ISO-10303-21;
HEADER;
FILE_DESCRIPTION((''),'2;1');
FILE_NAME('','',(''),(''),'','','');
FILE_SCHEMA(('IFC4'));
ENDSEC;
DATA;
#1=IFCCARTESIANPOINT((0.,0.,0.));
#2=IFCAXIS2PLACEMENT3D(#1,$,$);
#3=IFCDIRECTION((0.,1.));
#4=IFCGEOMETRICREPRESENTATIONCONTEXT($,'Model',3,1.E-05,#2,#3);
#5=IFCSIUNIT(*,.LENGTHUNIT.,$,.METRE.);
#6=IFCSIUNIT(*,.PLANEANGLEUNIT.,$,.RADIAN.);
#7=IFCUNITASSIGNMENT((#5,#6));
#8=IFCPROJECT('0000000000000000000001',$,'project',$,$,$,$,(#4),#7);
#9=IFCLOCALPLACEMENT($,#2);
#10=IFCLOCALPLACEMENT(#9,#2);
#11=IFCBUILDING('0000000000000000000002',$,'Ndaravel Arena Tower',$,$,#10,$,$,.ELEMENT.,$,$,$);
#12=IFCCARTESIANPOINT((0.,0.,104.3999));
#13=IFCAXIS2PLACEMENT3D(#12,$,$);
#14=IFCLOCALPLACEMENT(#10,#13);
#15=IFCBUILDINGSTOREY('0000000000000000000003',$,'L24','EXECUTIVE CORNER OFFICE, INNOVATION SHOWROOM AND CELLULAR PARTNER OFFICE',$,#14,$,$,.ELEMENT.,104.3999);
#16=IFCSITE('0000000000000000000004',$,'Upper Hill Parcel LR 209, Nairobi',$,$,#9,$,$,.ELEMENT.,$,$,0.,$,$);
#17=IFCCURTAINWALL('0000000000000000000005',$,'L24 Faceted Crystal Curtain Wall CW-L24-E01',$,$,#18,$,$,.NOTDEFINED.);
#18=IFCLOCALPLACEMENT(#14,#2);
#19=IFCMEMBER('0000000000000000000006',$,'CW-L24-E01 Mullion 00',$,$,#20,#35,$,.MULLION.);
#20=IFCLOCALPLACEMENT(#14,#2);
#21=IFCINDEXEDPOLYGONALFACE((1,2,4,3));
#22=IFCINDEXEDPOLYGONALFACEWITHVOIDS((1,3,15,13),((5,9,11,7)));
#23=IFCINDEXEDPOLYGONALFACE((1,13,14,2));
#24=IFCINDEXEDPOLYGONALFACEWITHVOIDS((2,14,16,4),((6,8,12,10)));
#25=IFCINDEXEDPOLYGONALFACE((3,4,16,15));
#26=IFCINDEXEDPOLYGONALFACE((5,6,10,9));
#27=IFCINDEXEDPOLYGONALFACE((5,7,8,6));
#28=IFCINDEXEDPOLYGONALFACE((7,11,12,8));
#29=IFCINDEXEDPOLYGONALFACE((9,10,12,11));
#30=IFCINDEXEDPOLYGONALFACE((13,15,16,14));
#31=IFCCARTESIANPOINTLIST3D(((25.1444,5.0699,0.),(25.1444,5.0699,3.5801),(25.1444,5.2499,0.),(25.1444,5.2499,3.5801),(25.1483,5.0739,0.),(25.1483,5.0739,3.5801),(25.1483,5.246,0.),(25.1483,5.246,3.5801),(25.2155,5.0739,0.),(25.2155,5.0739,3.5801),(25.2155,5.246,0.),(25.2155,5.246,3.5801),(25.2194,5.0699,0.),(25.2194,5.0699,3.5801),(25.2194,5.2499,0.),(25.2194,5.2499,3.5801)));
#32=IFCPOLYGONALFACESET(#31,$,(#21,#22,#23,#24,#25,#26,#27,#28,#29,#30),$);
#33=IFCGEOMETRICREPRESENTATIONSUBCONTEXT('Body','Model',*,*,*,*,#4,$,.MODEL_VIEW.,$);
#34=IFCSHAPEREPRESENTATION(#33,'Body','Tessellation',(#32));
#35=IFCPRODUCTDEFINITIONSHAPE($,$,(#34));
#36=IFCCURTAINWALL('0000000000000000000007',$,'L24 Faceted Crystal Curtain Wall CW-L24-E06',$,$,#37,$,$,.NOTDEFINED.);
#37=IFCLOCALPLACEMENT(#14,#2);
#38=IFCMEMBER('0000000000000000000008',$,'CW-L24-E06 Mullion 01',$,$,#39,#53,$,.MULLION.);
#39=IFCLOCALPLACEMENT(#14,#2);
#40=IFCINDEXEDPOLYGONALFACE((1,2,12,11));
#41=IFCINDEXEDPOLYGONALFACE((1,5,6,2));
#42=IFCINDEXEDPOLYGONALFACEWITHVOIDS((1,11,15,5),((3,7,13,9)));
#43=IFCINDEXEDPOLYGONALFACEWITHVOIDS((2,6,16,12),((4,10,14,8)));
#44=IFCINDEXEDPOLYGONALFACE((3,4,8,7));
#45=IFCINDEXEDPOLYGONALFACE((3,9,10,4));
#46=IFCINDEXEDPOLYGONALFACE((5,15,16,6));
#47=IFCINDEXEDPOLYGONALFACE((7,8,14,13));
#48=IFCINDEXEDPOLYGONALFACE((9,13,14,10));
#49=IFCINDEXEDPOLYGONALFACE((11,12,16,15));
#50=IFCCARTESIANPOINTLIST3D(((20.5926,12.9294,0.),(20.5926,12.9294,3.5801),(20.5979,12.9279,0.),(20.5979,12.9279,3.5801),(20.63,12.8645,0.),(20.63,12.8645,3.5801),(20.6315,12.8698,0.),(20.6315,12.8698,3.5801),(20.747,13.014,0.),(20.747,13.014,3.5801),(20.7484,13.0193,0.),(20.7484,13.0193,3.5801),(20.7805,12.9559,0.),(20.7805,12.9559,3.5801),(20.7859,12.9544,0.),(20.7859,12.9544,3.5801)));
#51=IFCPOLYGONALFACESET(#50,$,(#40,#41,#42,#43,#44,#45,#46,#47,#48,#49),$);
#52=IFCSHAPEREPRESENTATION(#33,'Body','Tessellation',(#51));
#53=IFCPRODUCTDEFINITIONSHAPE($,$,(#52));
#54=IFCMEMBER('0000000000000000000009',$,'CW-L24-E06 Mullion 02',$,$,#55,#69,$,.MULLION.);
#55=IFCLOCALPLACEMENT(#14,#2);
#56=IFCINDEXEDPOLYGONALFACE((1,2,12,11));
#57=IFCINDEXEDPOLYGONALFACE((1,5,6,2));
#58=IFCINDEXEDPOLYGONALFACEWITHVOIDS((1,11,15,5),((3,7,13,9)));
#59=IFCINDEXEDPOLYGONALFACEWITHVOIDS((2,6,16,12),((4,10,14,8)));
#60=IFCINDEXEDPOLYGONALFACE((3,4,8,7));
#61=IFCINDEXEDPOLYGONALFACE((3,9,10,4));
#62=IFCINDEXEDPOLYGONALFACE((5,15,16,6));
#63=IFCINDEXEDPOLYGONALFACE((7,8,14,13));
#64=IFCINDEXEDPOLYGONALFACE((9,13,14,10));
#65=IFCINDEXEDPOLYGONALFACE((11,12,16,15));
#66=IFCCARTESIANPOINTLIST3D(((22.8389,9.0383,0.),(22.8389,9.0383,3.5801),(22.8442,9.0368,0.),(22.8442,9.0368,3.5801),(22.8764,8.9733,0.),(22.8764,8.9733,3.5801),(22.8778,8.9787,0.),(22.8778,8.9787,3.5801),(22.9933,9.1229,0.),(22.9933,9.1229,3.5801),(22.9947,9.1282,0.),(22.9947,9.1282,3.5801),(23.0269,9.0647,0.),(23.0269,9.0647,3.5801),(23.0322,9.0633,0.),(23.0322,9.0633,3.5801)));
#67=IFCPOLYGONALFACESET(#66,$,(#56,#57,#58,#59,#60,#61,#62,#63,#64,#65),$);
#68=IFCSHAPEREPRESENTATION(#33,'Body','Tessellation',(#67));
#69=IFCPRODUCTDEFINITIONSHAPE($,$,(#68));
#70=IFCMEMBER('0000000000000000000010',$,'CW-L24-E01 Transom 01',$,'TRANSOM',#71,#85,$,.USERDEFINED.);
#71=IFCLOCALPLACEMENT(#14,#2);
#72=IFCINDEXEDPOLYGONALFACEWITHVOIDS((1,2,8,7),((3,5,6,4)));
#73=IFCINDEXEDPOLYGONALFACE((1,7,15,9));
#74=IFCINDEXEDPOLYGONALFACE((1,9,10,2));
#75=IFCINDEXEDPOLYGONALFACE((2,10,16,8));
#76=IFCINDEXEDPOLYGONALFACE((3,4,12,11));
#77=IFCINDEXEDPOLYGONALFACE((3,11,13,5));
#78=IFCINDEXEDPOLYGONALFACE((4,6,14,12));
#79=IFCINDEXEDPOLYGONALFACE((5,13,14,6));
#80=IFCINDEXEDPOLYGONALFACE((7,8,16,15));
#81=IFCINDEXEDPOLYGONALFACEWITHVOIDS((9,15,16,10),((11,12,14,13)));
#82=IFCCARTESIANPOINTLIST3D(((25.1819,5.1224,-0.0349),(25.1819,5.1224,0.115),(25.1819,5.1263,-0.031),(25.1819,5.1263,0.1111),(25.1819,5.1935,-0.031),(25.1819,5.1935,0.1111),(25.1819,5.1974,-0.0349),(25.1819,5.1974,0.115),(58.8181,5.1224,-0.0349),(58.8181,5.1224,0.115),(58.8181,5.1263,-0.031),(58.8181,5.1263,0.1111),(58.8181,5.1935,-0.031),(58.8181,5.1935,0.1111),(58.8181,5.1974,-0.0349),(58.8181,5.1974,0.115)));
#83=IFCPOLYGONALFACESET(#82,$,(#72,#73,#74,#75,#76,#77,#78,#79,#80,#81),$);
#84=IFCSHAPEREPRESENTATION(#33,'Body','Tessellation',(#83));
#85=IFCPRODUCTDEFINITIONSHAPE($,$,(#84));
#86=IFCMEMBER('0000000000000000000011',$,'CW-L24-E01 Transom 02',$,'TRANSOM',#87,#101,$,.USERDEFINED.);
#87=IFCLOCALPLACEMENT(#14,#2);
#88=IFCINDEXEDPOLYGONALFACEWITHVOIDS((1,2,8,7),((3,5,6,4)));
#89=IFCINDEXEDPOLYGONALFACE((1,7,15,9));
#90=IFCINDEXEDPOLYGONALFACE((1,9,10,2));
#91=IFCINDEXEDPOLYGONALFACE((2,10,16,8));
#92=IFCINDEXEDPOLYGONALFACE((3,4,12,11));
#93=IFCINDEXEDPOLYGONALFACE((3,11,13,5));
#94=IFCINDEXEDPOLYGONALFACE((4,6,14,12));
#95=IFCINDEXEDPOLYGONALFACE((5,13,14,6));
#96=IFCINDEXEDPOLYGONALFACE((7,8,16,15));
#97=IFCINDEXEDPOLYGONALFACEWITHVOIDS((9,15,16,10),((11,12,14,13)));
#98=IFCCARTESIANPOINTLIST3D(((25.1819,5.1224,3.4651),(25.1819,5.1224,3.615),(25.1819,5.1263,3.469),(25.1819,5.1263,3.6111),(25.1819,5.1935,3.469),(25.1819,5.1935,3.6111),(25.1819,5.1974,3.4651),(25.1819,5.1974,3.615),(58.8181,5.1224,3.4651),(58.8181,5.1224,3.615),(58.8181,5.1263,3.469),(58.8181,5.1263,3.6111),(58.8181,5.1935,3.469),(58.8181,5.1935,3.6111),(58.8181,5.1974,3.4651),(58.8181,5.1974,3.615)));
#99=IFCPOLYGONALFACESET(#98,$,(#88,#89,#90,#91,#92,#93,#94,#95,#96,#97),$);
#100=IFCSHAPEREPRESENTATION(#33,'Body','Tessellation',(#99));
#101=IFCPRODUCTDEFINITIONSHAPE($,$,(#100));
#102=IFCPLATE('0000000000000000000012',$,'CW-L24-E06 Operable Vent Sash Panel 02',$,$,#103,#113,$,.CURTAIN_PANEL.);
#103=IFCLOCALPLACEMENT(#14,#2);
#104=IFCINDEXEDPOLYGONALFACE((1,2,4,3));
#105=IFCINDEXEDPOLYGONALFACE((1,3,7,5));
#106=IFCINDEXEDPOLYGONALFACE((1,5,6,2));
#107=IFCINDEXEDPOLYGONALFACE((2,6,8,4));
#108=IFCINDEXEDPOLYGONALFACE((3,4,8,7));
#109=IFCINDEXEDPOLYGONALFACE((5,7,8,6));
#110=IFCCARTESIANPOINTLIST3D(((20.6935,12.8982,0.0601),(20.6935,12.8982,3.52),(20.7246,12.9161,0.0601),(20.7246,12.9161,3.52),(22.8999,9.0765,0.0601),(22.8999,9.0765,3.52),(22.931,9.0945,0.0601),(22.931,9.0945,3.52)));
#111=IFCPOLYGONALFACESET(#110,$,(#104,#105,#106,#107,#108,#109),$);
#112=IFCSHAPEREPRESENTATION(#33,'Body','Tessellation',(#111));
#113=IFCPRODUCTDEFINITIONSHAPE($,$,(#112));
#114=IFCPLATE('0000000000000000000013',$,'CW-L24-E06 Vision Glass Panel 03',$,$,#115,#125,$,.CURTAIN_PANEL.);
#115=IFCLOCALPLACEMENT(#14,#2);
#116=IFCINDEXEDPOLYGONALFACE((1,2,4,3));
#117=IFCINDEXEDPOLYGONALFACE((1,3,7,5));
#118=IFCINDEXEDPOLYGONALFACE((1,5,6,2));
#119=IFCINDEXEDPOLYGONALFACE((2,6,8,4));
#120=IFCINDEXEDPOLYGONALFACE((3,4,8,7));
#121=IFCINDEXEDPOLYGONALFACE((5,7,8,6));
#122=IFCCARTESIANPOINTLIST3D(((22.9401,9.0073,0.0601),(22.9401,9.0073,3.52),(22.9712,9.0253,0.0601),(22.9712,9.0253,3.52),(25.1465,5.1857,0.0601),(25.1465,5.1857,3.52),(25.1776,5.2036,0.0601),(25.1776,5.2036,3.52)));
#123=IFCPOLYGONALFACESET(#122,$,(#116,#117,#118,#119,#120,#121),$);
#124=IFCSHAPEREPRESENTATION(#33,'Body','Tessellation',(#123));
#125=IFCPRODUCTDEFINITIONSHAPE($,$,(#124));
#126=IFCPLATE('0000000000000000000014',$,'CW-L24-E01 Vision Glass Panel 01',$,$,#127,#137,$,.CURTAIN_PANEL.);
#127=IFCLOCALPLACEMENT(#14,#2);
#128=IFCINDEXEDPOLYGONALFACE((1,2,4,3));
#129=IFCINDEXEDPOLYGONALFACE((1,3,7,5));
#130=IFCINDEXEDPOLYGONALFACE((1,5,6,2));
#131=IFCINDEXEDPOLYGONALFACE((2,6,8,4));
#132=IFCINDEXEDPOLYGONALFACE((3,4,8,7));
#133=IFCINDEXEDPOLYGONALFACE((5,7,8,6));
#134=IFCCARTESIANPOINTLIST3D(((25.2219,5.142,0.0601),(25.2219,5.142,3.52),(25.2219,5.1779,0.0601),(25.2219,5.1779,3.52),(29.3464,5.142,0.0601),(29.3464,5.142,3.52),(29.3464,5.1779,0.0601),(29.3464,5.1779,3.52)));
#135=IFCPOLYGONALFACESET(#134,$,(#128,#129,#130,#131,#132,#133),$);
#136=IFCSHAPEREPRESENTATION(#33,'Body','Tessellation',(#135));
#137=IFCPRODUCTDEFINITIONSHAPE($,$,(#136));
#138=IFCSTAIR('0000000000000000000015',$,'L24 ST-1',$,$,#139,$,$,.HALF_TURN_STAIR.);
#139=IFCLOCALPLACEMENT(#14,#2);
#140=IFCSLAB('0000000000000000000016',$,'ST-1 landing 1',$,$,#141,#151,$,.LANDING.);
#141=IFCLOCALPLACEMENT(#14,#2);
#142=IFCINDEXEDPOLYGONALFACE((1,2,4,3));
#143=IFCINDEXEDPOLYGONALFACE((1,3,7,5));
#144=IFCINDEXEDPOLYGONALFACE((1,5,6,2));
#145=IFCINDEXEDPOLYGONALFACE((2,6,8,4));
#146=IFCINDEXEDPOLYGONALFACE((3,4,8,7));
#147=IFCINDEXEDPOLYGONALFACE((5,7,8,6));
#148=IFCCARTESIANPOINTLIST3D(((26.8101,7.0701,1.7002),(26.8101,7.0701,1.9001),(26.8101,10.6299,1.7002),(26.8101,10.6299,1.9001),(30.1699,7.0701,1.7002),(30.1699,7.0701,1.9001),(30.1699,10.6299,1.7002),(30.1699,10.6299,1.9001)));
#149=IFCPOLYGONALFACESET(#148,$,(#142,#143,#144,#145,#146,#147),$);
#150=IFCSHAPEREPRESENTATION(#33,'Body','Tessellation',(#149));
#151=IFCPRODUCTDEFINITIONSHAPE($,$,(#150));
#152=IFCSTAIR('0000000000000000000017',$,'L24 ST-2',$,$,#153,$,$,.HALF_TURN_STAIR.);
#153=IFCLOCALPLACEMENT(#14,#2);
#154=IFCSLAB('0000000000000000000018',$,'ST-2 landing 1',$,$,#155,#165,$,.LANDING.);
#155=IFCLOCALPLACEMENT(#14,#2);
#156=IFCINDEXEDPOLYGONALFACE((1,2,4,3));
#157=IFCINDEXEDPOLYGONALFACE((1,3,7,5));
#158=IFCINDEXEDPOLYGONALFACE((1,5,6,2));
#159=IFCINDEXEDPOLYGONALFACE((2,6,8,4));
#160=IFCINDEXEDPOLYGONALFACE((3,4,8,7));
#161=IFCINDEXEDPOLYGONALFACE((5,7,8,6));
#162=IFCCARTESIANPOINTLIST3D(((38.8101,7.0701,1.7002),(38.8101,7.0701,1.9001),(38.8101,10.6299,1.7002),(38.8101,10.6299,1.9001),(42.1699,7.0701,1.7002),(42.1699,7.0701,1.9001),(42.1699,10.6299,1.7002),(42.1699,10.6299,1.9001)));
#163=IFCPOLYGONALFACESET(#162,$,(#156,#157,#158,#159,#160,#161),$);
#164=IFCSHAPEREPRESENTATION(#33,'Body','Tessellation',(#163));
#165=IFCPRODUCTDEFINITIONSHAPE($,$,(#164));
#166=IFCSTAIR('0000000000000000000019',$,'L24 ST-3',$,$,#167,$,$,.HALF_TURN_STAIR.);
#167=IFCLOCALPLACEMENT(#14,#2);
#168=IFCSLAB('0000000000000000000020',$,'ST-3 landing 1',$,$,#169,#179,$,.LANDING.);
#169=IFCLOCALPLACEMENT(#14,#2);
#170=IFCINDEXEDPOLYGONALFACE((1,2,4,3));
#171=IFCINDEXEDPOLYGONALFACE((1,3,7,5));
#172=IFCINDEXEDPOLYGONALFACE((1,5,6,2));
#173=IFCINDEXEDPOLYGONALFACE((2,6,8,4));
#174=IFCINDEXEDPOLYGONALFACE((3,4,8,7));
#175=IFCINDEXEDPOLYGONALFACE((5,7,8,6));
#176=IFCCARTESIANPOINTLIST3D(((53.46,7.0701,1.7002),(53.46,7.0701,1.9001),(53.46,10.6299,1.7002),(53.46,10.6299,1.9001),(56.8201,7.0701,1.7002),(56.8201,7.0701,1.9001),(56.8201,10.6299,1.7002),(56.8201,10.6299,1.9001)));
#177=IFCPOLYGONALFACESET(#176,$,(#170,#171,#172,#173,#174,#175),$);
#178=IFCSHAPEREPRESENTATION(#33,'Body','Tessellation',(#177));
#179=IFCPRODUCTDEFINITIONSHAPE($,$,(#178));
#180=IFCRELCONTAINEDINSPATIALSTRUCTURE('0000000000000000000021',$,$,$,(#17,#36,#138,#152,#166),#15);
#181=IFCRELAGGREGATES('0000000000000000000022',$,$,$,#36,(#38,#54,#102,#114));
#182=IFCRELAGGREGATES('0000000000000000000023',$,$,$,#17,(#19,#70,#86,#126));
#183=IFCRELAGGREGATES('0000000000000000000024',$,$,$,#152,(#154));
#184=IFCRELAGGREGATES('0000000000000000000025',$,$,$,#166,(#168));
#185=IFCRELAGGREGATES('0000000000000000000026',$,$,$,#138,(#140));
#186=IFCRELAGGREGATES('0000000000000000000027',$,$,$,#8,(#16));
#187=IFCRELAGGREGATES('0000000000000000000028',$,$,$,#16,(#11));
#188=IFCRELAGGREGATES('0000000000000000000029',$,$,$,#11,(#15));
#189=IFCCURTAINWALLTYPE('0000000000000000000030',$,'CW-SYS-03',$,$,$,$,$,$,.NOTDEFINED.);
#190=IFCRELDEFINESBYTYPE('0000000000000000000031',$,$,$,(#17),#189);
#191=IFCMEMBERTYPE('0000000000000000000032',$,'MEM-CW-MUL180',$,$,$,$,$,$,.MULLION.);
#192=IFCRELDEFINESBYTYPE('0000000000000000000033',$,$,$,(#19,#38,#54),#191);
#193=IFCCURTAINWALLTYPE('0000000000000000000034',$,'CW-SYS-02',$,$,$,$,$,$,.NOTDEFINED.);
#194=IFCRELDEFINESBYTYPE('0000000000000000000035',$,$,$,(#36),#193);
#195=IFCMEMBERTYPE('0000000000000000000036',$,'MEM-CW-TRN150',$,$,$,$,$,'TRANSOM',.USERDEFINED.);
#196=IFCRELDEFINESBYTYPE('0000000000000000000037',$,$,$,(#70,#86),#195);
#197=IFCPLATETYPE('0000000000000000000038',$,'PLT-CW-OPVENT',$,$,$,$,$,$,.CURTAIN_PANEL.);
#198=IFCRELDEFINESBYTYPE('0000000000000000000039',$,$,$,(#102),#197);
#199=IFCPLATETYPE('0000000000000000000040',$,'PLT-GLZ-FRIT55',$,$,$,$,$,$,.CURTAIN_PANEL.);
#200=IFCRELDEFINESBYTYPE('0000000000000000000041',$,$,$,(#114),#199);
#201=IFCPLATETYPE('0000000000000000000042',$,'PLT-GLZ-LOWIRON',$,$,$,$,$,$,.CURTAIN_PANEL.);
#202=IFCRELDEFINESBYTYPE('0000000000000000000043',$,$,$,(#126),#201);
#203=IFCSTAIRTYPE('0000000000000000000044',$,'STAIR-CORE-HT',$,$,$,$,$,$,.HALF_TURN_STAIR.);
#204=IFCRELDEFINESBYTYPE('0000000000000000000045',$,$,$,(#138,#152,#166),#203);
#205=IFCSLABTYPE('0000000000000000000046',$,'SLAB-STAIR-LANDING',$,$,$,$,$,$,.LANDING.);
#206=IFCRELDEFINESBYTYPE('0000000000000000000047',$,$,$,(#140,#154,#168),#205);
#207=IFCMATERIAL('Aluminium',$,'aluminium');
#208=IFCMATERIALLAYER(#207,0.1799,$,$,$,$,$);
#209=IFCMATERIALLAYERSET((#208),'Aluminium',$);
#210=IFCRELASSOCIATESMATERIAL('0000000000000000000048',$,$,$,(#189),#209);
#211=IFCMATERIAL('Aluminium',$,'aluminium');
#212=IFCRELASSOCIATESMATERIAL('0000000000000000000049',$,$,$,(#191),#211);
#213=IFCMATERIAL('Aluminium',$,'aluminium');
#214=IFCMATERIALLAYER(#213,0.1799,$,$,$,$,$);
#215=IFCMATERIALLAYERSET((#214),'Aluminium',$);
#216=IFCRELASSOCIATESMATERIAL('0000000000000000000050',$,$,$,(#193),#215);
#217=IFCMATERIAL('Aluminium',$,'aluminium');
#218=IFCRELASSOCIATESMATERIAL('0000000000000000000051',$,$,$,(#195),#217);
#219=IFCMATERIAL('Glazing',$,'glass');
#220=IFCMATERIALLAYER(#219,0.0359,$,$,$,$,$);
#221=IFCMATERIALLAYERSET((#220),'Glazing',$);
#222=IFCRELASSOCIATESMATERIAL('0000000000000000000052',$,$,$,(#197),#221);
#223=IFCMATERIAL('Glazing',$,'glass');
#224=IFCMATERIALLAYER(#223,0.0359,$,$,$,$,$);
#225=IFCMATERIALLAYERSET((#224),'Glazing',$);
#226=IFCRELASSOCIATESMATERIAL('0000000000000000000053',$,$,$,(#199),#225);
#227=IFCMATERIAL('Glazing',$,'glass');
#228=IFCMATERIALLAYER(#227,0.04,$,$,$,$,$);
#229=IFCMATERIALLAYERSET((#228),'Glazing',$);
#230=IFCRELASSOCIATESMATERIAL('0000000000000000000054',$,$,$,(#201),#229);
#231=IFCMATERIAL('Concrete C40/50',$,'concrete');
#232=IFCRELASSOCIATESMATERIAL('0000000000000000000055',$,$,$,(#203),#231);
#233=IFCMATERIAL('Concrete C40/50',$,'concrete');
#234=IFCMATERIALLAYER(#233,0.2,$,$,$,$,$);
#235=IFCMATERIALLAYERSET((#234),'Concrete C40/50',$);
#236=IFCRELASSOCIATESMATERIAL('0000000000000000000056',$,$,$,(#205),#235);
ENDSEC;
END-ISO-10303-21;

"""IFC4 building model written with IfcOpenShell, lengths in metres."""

from ifc_helpers import new_model, si_unit, direction, frame, origin, origin_2d, place, context, subcontext, project, spatial, polyline, rectangle, hollow_rectangle, outline, extrude, material, layer, layer_set, material_profile, profile_set, type_object, element, aggregate, save


model = new_model("IFC4")

# Units and contexts
model_context = context("Model", 3, precision=1e-05, world=origin(), true_north=direction((0.0, 1.0)))
body_context = subcontext(model_context, "Body", "Model", "MODEL_VIEW")
ifc_project = project(units=[si_unit("LENGTHUNIT", "METRE"), si_unit("PLANEANGLEUNIT", "RADIAN")], contexts=[model_context])

# Site, building, storey
site_placement = place(None, origin())
site = spatial("IfcSite", under=ifc_project, at=site_placement, Name="Upper Hill Parcel LR 209, Nairobi", CompositionType="ELEMENT", RefElevation=0.0)
building_placement = place(site_placement, origin())
building = spatial("IfcBuilding", under=site, at=building_placement, Name="Ndaravel Arena Tower", CompositionType="ELEMENT")
storey_placement = place(building_placement, frame((0.0, 0.0, 104.3999)))
storey = spatial("IfcBuildingStorey", under=building, at=storey_placement, Name="L24", Description="EXECUTIVE CORNER OFFICE, INNOVATION SHOWROOM AND CELLULAR PARTNER OFFICE", CompositionType="ELEMENT", Elevation=104.3999)

# Curtain wall, member
ifc_material_1 = material(Name="Aluminium", Category="aluminium")
ifc_layer_1 = layer(ifc_material_1, 0.1799)
ifc_layer_set_1 = layer_set([ifc_layer_1], Name="Aluminium")
curtain_wall_type_1 = type_object("IfcCurtainWallType", Name="CW-SYS-03", PredefinedType="NOTDEFINED", material=ifc_layer_set_1)
curtain_wall_1_placement = place(storey_placement, origin())
curtain_wall_1 = element("IfcCurtainWall", 1, at=curtain_wall_1_placement, inside=storey, type_object=curtain_wall_type_1, Name="L24 Faceted Crystal Curtain Wall CW-L24-E01", PredefinedType="NOTDEFINED")
ifc_material_2 = material(Name="Aluminium", Category="aluminium")
ifc_material_profile_1 = material_profile(ifc_material_2, hollow_rectangle(XDim=0.075, YDim=0.1799, WallThickness=0.0039, at=origin_2d()), Name="CW MULLION 75x180x4")
ifc_profile_set_1 = profile_set([ifc_material_profile_1], Name="Aluminium")
member_type_1 = type_object("IfcMemberType", Name="MEM-CW-MUL180", PredefinedType="MULLION", material=ifc_profile_set_1)
member_1_placement = place(storey_placement, frame((25.1819, 5.1599, 0.0), z_axis=(0.0, 0.0, 1.0), x_axis=(1.0, 0.0, 0.0)))
member_1 = element("IfcMember", 2, at=member_1_placement, type_object=member_type_1, Name="CW-L24-E01 Mullion 00", PredefinedType="MULLION", context=body_context, shape_type="SweptSolid", body=[
    extrude(hollow_rectangle(XDim=0.075, YDim=0.1799, WallThickness=0.0039, at=origin_2d()), origin(), (0.0, 0.0, 1.0), 3.5801),
])

# Curtain wall, members
ifc_material_3 = material(Name="Aluminium", Category="aluminium")
ifc_layer_2 = layer(ifc_material_3, 0.1799)
ifc_layer_set_2 = layer_set([ifc_layer_2], Name="Aluminium")
curtain_wall_type_2 = type_object("IfcCurtainWallType", Name="CW-SYS-02", PredefinedType="NOTDEFINED", material=ifc_layer_set_2)
curtain_wall_2_placement = place(storey_placement, origin())
curtain_wall_2 = element("IfcCurtainWall", 3, at=curtain_wall_2_placement, inside=storey, type_object=curtain_wall_type_2, Name="L24 Faceted Crystal Curtain Wall CW-L24-E06", PredefinedType="NOTDEFINED")
member_2_placement = place(storey_placement, frame((20.6892, 12.9419, 0.0), z_axis=(0.0, 0.0, 1.0), x_axis=(0.5, -0.866025, 0.0)))
member_2 = element("IfcMember", 4, at=member_2_placement, type_object=member_type_1, Name="CW-L24-E06 Mullion 01", PredefinedType="MULLION", context=body_context, shape_type="SweptSolid", body=[
    extrude(hollow_rectangle(XDim=0.075, YDim=0.1799, WallThickness=0.0039, at=origin_2d()), origin(), (0.0, 0.0, 1.0), 3.5801),
])
member_3_placement = place(storey_placement, frame((22.9355, 9.0508, 0.0), z_axis=(0.0, 0.0, 1.0), x_axis=(0.5, -0.866025, 0.0)))
member_3 = element("IfcMember", 5, at=member_3_placement, type_object=member_type_1, Name="CW-L24-E06 Mullion 02", PredefinedType="MULLION", context=body_context, shape_type="SweptSolid", body=[
    extrude(hollow_rectangle(XDim=0.075, YDim=0.1799, WallThickness=0.0039, at=origin_2d()), origin(), (0.0, 0.0, 1.0), 3.5801),
])

# Members
ifc_material_4 = material(Name="Aluminium", Category="aluminium")
ifc_material_profile_2 = material_profile(ifc_material_4, hollow_rectangle(XDim=0.075, YDim=0.1499, WallThickness=0.0039, at=origin_2d()), Name="CW TRANSOM 75x150x4")
ifc_profile_set_2 = profile_set([ifc_material_profile_2], Name="Aluminium")
member_type_2 = type_object("IfcMemberType", Name="MEM-CW-TRN150", ElementType="TRANSOM", PredefinedType="USERDEFINED", material=ifc_profile_set_2)
member_4_placement = place(storey_placement, frame((25.1819, 5.1599, 0.04), z_axis=(1.0, 0.0, 0.0), x_axis=(0.0, 1.0, 0.0)))
member_4 = element("IfcMember", 6, at=member_4_placement, type_object=member_type_2, Name="CW-L24-E01 Transom 01", ObjectType="TRANSOM", PredefinedType="USERDEFINED", context=body_context, shape_type="SweptSolid", body=[
    extrude(hollow_rectangle(XDim=0.075, YDim=0.1499, WallThickness=0.0039, at=origin_2d()), origin(), (0.0, 0.0, 1.0), 33.6362),
])
member_5_placement = place(storey_placement, frame((25.1819, 5.1599, 3.54), z_axis=(1.0, 0.0, 0.0), x_axis=(0.0, 1.0, 0.0)))
member_5 = element("IfcMember", 7, at=member_5_placement, type_object=member_type_2, Name="CW-L24-E01 Transom 02", ObjectType="TRANSOM", PredefinedType="USERDEFINED", context=body_context, shape_type="SweptSolid", body=[
    extrude(hollow_rectangle(XDim=0.075, YDim=0.1499, WallThickness=0.0039, at=origin_2d()), origin(), (0.0, 0.0, 1.0), 33.6362),
])

# Plates
ifc_material_5 = material(Name="Glazing", Category="glass")
ifc_layer_3 = layer(ifc_material_5, 0.0359)
ifc_layer_set_3 = layer_set([ifc_layer_3], Name="Glazing")
plate_type_1 = type_object("IfcPlateType", Name="PLT-CW-OPVENT", PredefinedType="CURTAIN_PANEL", material=ifc_layer_set_3)
plate_1_placement = place(storey_placement, frame((21.8123, 10.9963, 0.0601), z_axis=(0.0, 0.0, 1.0), x_axis=(0.5, -0.866025, 0.0)))
plate_1 = element("IfcPlate", 8, at=plate_1_placement, type_object=plate_type_1, Name="CW-L24-E06 Operable Vent Sash Panel 02", PredefinedType="CURTAIN_PANEL", context=body_context, shape_type="SweptSolid", body=[
    extrude(rectangle(XDim=4.4128, YDim=0.0359, at=origin_2d()), origin(), (0.0, 0.0, 1.0), 3.46),
])
ifc_material_6 = material(Name="Glazing", Category="glass")
ifc_layer_4 = layer(ifc_material_6, 0.0359)
ifc_layer_set_4 = layer_set([ifc_layer_4], Name="Glazing")
plate_type_2 = type_object("IfcPlateType", Name="PLT-GLZ-FRIT55", PredefinedType="CURTAIN_PANEL", material=ifc_layer_set_4)
plate_2_placement = place(storey_placement, frame((24.0588, 7.1055, 0.0601), z_axis=(0.0, 0.0, 1.0), x_axis=(0.5, -0.866025, 0.0)))
plate_2 = element("IfcPlate", 9, at=plate_2_placement, type_object=plate_type_2, Name="CW-L24-E06 Vision Glass Panel 03", PredefinedType="CURTAIN_PANEL", context=body_context, shape_type="SweptSolid", body=[
    extrude(rectangle(XDim=4.4128, YDim=0.0359, at=origin_2d()), origin(), (0.0, 0.0, 1.0), 3.46),
])
aggregate(curtain_wall_2, [member_2, member_3, plate_1, plate_2])
ifc_material_7 = material(Name="Glazing", Category="glass")
ifc_layer_5 = layer(ifc_material_7, 0.04)
ifc_layer_set_5 = layer_set([ifc_layer_5], Name="Glazing")
plate_type_3 = type_object("IfcPlateType", Name="PLT-GLZ-LOWIRON", PredefinedType="CURTAIN_PANEL", material=ifc_layer_set_5)
plate_3_placement = place(storey_placement, frame((27.2842, 5.1599, 0.0601), z_axis=(0.0, 0.0, 1.0), x_axis=(1.0, 0.0, 0.0)))
plate_3 = element("IfcPlate", 10, at=plate_3_placement, type_object=plate_type_3, Name="CW-L24-E01 Vision Glass Panel 01", PredefinedType="CURTAIN_PANEL", context=body_context, shape_type="SweptSolid", body=[
    extrude(rectangle(XDim=4.1245, YDim=0.0359, at=origin_2d()), origin(), (0.0, 0.0, 1.0), 3.46),
])
aggregate(curtain_wall_1, [member_1, member_4, member_5, plate_3])

# Stairs, slabs
ifc_material_8 = material(Name="Concrete C40/50", Category="concrete")
stair_type = type_object("IfcStairType", Name="STAIR-CORE-HT", PredefinedType="HALF_TURN_STAIR", material=ifc_material_8)
stair_1_placement = place(storey_placement, origin())
stair_1 = element("IfcStair", 11, at=stair_1_placement, inside=storey, type_object=stair_type, Name="L24 ST-1", PredefinedType="HALF_TURN_STAIR")
ifc_material_9 = material(Name="Concrete C40/50", Category="concrete")
ifc_layer_6 = layer(ifc_material_9, 0.2)
ifc_layer_set_6 = layer_set([ifc_layer_6], Name="Concrete C40/50")
slab_type_1 = type_object("IfcSlabType", Name="SLAB-STAIR-LANDING", PredefinedType="LANDING", material=ifc_layer_set_6)
slab_1_placement = place(storey_placement, frame((0.0, 0.0, 1.7002)))
slab_1 = element("IfcSlab", 12, at=slab_1_placement, type_object=slab_type_1, Name="ST-1 landing 1", PredefinedType="LANDING", context=body_context, shape_type="SweptSolid", body=[
    extrude(outline(polyline([(26.8101, 10.6299), (26.8101, 7.0701), (30.1699, 7.0701), (30.1699, 10.6299), (26.8101, 10.6299)])), origin(), (0.0, 0.0, 1.0), 0.2),
])
stair_2_placement = place(storey_placement, origin())
stair_2 = element("IfcStair", 13, at=stair_2_placement, inside=storey, type_object=stair_type, Name="L24 ST-2", PredefinedType="HALF_TURN_STAIR")
slab_2_placement = place(storey_placement, frame((0.0, 0.0, 1.7002)))
slab_2 = element("IfcSlab", 14, at=slab_2_placement, type_object=slab_type_1, Name="ST-2 landing 1", PredefinedType="LANDING", context=body_context, shape_type="SweptSolid", body=[
    extrude(outline(polyline([(38.8101, 10.6299), (38.8101, 7.0701), (42.1699, 7.0701), (42.1699, 10.6299), (38.8101, 10.6299)])), origin(), (0.0, 0.0, 1.0), 0.2),
])
aggregate(stair_2, [slab_2])
stair_3_placement = place(storey_placement, origin())
stair_3 = element("IfcStair", 15, at=stair_3_placement, inside=storey, type_object=stair_type, Name="L24 ST-3", PredefinedType="HALF_TURN_STAIR")
slab_3_placement = place(storey_placement, frame((0.0, 0.0, 1.7002)))
slab_3 = element("IfcSlab", 16, at=slab_3_placement, type_object=slab_type_1, Name="ST-3 landing 1", PredefinedType="LANDING", context=body_context, shape_type="SweptSolid", body=[
    extrude(outline(polyline([(53.46, 10.6299), (53.46, 7.0701), (56.8201, 7.0701), (56.8201, 10.6299), (53.46, 10.6299)])), origin(), (0.0, 0.0, 1.0), 0.2),
])
aggregate(stair_3, [slab_3])

aggregate(stair_1, [slab_1])

save(model, "model.ifc")
